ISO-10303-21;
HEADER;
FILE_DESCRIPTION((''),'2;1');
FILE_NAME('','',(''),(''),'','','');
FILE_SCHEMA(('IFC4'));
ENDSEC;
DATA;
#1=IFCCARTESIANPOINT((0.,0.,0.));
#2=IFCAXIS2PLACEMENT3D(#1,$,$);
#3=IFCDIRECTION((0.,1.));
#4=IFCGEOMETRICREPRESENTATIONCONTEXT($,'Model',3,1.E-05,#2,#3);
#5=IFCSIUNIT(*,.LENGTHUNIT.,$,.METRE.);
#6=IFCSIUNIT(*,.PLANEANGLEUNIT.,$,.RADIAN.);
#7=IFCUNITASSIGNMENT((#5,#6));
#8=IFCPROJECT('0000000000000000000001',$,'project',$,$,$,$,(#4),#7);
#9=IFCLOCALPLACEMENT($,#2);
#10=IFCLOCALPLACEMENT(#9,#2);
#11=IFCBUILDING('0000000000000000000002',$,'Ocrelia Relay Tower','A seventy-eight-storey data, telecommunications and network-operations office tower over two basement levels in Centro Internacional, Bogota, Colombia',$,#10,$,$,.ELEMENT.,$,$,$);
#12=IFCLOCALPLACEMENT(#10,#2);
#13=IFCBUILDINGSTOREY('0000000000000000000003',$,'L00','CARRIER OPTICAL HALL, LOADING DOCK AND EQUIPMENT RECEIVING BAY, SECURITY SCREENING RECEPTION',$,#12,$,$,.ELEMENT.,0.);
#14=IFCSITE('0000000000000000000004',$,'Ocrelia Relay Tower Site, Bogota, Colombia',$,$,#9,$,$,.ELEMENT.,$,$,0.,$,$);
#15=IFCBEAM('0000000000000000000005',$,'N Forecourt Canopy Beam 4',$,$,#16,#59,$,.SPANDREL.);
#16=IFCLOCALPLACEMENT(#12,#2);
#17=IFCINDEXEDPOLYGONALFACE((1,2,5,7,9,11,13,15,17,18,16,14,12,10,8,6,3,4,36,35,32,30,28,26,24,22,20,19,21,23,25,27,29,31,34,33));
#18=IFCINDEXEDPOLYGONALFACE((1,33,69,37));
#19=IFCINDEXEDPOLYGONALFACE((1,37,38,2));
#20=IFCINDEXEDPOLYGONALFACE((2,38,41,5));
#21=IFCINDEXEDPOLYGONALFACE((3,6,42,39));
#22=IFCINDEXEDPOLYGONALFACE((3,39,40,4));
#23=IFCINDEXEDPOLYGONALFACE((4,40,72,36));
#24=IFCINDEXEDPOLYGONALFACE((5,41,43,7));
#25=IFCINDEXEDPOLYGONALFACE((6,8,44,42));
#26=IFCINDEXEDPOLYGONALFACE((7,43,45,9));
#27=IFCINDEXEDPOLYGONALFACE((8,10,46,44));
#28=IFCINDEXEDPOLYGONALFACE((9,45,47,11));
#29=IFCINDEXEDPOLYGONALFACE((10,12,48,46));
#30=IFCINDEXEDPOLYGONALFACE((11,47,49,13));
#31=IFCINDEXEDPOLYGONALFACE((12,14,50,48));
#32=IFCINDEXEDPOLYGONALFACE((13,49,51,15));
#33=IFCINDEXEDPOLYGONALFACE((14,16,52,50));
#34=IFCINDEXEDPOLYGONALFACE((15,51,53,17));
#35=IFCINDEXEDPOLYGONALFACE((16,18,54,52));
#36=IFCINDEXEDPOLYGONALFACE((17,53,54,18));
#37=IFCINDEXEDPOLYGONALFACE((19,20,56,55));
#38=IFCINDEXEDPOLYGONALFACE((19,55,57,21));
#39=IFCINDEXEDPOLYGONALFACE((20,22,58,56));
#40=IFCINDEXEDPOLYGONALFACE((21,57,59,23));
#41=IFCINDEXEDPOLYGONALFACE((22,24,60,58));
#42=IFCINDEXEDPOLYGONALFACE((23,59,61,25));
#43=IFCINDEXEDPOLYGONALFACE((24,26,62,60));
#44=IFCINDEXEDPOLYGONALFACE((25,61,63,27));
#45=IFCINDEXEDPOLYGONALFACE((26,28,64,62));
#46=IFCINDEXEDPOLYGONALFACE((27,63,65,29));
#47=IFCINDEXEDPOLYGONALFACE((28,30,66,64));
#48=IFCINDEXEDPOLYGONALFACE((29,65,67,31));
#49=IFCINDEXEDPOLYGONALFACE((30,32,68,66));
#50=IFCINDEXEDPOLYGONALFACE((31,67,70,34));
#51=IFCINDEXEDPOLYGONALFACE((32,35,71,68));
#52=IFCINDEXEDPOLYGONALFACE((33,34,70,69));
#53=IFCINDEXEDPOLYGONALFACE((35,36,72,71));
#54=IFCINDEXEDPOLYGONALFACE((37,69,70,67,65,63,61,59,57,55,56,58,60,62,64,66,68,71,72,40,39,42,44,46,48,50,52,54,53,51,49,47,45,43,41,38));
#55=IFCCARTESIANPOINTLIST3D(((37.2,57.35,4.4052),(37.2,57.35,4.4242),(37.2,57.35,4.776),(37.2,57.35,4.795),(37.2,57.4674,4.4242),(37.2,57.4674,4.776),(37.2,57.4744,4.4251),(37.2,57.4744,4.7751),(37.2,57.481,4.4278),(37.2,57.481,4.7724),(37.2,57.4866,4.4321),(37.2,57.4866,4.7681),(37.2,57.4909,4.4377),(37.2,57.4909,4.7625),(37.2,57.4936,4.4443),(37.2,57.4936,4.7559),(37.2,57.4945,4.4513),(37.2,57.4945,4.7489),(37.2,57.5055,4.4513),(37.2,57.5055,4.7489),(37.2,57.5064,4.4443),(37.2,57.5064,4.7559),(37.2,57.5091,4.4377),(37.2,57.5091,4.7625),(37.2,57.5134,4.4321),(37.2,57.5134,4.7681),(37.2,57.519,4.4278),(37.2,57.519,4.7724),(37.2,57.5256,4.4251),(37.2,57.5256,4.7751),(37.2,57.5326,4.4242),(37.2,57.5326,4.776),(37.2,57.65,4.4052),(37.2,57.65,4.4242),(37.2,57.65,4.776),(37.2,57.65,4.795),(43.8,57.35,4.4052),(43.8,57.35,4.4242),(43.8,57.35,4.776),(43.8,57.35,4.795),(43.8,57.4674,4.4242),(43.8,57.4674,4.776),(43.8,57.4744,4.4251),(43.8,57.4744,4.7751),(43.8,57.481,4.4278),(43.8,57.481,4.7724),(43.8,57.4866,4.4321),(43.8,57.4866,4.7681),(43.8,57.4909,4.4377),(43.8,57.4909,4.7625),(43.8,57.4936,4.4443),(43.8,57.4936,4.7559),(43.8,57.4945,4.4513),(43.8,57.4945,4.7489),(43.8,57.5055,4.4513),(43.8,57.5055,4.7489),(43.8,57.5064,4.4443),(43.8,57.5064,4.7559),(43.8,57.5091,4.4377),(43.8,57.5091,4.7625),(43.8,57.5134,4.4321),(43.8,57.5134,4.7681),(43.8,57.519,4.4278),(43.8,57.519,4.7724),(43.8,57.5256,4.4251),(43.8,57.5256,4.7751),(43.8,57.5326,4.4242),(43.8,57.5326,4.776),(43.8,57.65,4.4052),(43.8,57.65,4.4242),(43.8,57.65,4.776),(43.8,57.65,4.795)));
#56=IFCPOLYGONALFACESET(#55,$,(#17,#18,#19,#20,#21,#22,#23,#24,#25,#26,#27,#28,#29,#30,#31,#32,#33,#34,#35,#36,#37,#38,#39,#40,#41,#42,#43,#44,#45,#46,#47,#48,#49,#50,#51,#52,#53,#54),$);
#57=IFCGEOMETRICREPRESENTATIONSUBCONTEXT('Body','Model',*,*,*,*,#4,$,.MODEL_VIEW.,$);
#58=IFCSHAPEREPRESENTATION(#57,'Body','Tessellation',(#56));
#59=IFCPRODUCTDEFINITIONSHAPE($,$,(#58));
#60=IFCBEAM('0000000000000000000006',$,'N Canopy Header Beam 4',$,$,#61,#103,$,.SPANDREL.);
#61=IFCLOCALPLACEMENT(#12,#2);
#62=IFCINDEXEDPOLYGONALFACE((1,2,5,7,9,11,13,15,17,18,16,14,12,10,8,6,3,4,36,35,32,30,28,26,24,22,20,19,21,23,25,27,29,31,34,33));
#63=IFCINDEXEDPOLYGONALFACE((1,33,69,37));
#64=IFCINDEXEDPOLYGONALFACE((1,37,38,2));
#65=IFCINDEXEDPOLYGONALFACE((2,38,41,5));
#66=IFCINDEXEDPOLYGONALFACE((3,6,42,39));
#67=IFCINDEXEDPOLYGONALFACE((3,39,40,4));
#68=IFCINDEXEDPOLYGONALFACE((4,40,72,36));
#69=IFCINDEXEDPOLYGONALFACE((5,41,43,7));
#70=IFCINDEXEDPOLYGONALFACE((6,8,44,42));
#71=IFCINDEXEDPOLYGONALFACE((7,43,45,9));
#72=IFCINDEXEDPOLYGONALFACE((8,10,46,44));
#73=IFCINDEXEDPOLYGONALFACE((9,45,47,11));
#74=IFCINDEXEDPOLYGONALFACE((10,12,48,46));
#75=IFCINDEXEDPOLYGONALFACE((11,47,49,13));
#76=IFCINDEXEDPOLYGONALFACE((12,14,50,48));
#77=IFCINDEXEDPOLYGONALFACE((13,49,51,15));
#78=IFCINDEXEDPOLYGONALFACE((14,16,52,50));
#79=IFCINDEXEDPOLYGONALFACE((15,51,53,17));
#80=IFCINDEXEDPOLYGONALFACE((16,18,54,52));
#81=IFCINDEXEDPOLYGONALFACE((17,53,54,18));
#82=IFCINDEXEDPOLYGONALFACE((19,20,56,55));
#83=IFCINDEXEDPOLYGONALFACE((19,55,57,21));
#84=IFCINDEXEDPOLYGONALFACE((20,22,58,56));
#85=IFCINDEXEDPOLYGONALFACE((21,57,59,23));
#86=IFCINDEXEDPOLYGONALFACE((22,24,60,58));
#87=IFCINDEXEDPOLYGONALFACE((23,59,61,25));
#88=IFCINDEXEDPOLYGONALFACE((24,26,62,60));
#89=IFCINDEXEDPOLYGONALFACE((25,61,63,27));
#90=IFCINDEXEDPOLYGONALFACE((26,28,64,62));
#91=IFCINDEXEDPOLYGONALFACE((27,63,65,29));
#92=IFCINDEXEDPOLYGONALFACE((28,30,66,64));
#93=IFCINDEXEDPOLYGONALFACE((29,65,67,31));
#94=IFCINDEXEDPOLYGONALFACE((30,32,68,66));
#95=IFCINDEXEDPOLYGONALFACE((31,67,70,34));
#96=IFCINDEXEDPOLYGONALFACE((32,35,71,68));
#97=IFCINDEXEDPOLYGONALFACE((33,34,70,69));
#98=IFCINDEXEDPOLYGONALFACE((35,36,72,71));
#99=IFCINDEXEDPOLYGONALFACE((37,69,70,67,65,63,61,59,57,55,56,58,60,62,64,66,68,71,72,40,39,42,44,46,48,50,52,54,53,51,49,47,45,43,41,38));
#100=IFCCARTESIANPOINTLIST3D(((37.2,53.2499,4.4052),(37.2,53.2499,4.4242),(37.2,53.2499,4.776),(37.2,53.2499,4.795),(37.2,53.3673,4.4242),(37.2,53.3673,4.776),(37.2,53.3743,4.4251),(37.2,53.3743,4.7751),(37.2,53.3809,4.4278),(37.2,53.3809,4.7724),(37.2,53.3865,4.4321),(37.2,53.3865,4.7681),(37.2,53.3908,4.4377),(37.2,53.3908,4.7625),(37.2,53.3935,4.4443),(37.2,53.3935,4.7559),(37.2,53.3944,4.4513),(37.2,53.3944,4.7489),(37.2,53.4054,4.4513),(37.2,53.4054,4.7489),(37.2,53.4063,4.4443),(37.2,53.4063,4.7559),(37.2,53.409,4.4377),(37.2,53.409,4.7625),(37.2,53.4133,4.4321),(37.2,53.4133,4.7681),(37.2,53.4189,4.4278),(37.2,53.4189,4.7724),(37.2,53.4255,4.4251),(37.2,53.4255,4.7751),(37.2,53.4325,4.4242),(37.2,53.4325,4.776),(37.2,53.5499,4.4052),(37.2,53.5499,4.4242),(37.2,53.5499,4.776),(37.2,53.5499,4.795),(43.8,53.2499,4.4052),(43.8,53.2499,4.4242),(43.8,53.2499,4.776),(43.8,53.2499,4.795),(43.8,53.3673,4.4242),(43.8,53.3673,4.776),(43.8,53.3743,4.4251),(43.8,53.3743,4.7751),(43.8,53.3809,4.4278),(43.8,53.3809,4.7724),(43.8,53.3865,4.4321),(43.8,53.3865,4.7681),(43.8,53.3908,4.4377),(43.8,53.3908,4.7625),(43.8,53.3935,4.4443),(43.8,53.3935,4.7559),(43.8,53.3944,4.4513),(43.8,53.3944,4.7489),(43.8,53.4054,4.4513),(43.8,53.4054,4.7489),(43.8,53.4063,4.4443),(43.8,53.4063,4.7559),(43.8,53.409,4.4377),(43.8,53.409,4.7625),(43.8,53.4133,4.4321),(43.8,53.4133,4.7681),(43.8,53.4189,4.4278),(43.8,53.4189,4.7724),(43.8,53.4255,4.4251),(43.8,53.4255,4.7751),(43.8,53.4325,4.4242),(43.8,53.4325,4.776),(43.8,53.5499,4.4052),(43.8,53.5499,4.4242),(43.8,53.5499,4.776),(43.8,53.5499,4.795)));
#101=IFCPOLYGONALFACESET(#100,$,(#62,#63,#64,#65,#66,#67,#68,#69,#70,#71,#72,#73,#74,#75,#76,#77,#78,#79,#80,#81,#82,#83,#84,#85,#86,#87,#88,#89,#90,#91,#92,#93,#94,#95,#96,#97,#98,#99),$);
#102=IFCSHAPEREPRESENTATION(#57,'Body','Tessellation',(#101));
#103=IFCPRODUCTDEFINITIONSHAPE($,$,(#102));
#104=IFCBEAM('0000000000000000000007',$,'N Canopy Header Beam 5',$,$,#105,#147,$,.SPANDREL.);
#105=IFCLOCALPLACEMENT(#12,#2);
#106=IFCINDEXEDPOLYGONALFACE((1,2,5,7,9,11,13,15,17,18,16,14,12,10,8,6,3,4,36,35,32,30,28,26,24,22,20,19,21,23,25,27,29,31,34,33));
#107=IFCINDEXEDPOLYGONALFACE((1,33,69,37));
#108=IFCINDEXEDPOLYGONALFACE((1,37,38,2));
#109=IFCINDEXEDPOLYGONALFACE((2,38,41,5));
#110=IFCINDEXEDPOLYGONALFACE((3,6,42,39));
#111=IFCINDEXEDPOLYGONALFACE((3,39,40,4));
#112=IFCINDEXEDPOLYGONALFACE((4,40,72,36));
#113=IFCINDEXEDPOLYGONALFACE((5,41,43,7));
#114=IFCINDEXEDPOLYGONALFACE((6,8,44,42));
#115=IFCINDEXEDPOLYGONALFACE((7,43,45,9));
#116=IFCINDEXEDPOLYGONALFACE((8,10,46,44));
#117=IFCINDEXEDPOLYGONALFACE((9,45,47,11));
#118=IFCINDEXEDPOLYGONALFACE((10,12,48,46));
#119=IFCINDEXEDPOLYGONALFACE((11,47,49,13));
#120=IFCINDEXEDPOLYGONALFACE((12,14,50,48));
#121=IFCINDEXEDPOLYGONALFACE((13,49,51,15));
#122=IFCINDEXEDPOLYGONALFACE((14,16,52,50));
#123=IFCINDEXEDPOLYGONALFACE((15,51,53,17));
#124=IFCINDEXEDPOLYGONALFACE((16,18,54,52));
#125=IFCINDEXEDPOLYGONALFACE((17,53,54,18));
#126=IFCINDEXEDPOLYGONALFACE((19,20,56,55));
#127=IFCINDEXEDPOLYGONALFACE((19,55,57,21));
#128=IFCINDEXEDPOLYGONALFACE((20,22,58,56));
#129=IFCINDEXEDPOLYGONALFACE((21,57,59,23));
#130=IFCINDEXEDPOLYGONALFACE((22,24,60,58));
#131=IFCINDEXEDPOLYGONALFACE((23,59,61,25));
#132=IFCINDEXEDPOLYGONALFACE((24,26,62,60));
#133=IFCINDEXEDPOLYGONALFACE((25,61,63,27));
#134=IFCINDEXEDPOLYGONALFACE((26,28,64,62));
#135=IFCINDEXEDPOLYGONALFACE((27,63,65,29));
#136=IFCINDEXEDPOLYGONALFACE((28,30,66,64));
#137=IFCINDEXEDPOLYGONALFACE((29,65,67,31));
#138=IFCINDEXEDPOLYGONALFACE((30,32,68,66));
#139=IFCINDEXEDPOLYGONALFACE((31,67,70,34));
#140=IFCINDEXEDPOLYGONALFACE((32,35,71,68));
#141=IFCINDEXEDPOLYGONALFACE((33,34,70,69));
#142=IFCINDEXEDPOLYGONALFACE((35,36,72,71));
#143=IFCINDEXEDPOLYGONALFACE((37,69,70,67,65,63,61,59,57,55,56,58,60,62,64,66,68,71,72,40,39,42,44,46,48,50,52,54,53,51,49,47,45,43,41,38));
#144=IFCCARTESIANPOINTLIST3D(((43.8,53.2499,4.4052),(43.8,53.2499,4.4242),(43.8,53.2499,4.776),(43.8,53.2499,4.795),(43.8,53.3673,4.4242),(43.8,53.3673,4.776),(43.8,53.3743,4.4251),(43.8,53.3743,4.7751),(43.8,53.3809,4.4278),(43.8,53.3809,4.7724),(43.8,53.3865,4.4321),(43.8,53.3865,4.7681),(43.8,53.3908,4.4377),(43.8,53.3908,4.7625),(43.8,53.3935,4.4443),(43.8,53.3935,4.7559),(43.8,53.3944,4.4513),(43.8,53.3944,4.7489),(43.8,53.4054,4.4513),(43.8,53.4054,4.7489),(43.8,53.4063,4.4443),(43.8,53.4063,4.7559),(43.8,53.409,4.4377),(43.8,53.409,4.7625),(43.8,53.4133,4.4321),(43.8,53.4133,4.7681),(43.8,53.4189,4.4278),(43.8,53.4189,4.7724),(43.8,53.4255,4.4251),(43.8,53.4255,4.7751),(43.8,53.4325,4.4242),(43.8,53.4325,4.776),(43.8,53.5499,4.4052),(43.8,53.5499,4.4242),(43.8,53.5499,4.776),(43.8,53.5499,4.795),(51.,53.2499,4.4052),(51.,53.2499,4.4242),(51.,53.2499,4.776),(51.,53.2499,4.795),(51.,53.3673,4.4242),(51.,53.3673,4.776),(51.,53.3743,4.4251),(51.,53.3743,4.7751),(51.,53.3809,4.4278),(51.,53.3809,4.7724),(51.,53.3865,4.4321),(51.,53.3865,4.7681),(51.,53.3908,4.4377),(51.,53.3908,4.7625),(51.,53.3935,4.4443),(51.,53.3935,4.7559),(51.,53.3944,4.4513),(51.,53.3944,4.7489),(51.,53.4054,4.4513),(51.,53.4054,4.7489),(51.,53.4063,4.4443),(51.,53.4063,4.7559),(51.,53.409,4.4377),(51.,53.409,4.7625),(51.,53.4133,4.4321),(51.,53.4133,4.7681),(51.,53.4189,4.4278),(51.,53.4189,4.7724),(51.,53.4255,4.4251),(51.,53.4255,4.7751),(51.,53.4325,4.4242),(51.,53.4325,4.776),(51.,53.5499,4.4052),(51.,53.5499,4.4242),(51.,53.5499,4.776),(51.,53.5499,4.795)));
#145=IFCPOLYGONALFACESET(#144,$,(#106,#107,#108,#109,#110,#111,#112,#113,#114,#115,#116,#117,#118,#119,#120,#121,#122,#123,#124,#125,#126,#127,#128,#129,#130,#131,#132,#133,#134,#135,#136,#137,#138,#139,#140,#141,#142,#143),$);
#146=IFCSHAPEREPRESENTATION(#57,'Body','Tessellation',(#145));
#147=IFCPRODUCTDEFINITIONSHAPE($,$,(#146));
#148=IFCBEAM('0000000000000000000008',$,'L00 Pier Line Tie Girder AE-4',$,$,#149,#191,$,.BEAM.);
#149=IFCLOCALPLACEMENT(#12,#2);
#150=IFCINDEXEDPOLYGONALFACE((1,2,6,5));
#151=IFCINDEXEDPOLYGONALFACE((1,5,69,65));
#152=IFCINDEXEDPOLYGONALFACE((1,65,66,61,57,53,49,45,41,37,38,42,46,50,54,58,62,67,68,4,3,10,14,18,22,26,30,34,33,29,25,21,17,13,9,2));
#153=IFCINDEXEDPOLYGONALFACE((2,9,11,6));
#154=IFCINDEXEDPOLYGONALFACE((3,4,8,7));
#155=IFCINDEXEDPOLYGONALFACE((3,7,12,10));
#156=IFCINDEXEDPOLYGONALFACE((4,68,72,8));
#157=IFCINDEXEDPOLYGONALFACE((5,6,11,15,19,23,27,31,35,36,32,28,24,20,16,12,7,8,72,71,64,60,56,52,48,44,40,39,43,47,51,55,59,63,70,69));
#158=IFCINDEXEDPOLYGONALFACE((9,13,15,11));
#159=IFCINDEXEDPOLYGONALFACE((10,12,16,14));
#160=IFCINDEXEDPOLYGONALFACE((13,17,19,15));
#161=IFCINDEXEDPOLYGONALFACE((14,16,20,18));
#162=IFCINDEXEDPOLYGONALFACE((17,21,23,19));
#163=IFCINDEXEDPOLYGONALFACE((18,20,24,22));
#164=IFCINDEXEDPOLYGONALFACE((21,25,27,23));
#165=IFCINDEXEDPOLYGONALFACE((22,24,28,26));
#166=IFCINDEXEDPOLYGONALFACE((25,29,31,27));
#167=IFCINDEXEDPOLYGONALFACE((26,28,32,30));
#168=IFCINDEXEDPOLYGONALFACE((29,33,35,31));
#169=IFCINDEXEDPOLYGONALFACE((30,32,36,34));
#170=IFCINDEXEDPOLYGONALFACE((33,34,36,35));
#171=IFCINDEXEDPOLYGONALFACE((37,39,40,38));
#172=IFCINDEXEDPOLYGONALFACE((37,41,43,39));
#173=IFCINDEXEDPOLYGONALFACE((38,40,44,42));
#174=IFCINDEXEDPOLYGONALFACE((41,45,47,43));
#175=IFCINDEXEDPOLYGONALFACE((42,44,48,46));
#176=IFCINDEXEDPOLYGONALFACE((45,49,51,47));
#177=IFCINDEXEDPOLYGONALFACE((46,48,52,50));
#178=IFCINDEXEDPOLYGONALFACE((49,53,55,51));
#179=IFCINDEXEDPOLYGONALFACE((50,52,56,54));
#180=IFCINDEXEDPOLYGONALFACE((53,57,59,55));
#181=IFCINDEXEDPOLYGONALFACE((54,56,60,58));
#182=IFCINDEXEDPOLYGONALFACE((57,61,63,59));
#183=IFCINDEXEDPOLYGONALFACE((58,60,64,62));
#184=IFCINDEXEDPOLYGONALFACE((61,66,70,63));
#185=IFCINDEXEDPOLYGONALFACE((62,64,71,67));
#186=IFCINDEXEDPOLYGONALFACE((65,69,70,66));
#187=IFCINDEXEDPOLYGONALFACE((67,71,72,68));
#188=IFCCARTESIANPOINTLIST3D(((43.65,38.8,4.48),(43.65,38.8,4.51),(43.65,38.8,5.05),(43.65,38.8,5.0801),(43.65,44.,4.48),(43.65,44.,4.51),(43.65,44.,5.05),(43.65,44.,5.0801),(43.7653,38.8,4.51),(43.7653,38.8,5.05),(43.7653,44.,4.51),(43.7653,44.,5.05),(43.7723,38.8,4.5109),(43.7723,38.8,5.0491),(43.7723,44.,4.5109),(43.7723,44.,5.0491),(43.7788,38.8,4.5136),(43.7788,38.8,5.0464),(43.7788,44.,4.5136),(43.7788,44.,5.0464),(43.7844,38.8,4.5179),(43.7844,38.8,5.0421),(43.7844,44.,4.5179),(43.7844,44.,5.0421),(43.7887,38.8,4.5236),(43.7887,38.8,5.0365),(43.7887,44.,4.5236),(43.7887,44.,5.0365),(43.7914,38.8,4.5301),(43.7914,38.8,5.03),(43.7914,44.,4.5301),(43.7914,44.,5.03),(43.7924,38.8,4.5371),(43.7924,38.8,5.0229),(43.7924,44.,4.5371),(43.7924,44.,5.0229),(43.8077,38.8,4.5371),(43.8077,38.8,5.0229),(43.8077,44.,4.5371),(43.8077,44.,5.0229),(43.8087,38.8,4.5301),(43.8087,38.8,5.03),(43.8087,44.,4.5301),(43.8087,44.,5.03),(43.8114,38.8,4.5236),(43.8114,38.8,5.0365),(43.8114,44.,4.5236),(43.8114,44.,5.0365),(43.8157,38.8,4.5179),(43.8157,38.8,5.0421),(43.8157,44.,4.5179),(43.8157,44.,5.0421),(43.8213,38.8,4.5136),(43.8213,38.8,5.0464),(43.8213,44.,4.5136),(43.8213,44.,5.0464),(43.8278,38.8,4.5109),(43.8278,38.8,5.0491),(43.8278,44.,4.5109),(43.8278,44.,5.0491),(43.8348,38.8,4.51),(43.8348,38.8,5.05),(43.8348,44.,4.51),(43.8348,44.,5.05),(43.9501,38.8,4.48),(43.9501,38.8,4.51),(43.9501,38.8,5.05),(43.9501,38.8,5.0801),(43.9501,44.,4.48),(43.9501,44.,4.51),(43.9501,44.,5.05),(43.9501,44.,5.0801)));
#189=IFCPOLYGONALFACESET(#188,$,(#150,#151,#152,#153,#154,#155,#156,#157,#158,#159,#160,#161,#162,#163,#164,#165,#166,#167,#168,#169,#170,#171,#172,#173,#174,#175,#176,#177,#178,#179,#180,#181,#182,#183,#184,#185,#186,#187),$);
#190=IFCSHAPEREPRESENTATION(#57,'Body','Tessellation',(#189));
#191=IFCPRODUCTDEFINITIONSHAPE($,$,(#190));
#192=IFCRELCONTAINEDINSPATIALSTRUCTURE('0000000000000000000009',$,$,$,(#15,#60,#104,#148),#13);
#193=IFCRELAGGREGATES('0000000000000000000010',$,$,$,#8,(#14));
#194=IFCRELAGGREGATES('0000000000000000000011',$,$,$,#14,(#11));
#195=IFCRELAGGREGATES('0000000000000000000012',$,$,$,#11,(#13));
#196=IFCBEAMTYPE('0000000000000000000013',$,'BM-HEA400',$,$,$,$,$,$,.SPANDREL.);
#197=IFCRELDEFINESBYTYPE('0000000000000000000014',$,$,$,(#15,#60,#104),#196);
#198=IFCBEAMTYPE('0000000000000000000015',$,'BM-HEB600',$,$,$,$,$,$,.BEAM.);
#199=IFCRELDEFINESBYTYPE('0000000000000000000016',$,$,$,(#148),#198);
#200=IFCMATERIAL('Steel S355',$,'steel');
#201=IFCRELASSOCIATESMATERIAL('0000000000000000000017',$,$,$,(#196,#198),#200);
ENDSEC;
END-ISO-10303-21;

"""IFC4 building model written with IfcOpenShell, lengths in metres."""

from ifc_helpers import new_model, si_unit, direction, frame, origin, origin_2d, place, context, subcontext, project, spatial, i_section, extrude, material, material_profile, profile_set, type_object, element, save


model = new_model("IFC4")

# Units and contexts
model_context = context("Model", 3, precision=1e-05, world=origin(), true_north=direction((0.0, 1.0)))
body_context = subcontext(model_context, "Body", "Model", "MODEL_VIEW")
ifc_project = project(units=[si_unit("LENGTHUNIT", "METRE"), si_unit("PLANEANGLEUNIT", "RADIAN")], contexts=[model_context])

# Site, building, storey
site_placement = place(None, origin())
site = spatial("IfcSite", under=ifc_project, at=site_placement, Name="Ocrelia Relay Tower Site, Bogota, Colombia", CompositionType="ELEMENT", RefElevation=0.0)
building_placement = place(site_placement, origin())
building = spatial("IfcBuilding", under=site, at=building_placement, Name="Ocrelia Relay Tower", Description="A seventy-eight-storey data, telecommunications and network-operations office tower over two basement levels in Centro Internacional, Bogota, Colombia", CompositionType="ELEMENT")
storey_placement = place(building_placement, origin())
storey = spatial("IfcBuildingStorey", under=building, at=storey_placement, Name="L00", Description="CARRIER OPTICAL HALL, LOADING DOCK AND EQUIPMENT RECEIVING BAY, SECURITY SCREENING RECEPTION", CompositionType="ELEMENT", Elevation=0.0)

# Beams
ifc_material_1 = material(Name="Steel S355", Category="steel")
ifc_material_profile_1 = material_profile(ifc_material_1, i_section(OverallWidth=0.3, OverallDepth=0.3899, WebThickness=0.011, FlangeThickness=0.019, FilletRadius=0.0271, at=origin_2d()), Name="HEA 400")
ifc_profile_set_1 = profile_set([ifc_material_profile_1], Name="Steel S355")
beam_type_1 = type_object("IfcBeamType", Name="BM-HEA400", PredefinedType="SPANDREL", material=ifc_profile_set_1)
for number, where, z_axis, x_axis, name in (
    (1, (37.2, 57.5, 4.6001), (1.0, 0.0, 0.0), (0.0, 1.0, 0.0), "N Forecourt Canopy Beam 4"),
    (2, (37.2, 53.3999, 4.6001), (1.0, 0.0, 0.0), (0.0, 1.0, 0.0), "N Canopy Header Beam 4"),
):
    element("IfcBeam", number, at=place(storey_placement, frame(where, z_axis=z_axis, x_axis=x_axis)), inside=storey, type_object=beam_type_1, Name=name, PredefinedType="SPANDREL", context=body_context, shape_type="SweptSolid", body=[
        extrude(i_section(OverallWidth=0.3, OverallDepth=0.3899, WebThickness=0.011, FlangeThickness=0.019, FilletRadius=0.0271, at=origin_2d()), origin(), (0.0, 0.0, 1.0), 6.6001),
    ])
beam_1_placement = place(storey_placement, frame((43.8, 53.3999, 4.6001), z_axis=(1.0, 0.0, 0.0), x_axis=(0.0, 1.0, 0.0)))
element("IfcBeam", 3, at=beam_1_placement, inside=storey, type_object=beam_type_1, Name="N Canopy Header Beam 5", PredefinedType="SPANDREL", context=body_context, shape_type="SweptSolid", body=[
    extrude(i_section(OverallWidth=0.3, OverallDepth=0.3899, WebThickness=0.011, FlangeThickness=0.019, FilletRadius=0.0271, at=origin_2d()), origin(), (0.0, 0.0, 1.0), 7.2),
])
ifc_material_profile_2 = material_profile(ifc_material_1, i_section(OverallWidth=0.3, OverallDepth=0.6001, WebThickness=0.0154, FlangeThickness=0.03, FilletRadius=0.0271, at=origin_2d()), Name="HEB 600")
ifc_profile_set_2 = profile_set([ifc_material_profile_2], Name="Steel S355")
beam_type_2 = type_object("IfcBeamType", Name="BM-HEB600", PredefinedType="BEAM", material=ifc_profile_set_2)
beam_2_placement = place(storey_placement, frame((43.8, 38.8, 4.78), z_axis=(0.0, 1.0, 0.0), x_axis=(-1.0, 0.0, 0.0)))
element("IfcBeam", 4, at=beam_2_placement, inside=storey, type_object=beam_type_2, Name="L00 Pier Line Tie Girder AE-4", PredefinedType="BEAM", context=body_context, shape_type="SweptSolid", body=[
    extrude(i_section(OverallWidth=0.3, OverallDepth=0.6001, WebThickness=0.0154, FlangeThickness=0.03, FilletRadius=0.0271, at=origin_2d()), origin(), (0.0, 0.0, 1.0), 5.2),
])

save(model, "model.ifc")
